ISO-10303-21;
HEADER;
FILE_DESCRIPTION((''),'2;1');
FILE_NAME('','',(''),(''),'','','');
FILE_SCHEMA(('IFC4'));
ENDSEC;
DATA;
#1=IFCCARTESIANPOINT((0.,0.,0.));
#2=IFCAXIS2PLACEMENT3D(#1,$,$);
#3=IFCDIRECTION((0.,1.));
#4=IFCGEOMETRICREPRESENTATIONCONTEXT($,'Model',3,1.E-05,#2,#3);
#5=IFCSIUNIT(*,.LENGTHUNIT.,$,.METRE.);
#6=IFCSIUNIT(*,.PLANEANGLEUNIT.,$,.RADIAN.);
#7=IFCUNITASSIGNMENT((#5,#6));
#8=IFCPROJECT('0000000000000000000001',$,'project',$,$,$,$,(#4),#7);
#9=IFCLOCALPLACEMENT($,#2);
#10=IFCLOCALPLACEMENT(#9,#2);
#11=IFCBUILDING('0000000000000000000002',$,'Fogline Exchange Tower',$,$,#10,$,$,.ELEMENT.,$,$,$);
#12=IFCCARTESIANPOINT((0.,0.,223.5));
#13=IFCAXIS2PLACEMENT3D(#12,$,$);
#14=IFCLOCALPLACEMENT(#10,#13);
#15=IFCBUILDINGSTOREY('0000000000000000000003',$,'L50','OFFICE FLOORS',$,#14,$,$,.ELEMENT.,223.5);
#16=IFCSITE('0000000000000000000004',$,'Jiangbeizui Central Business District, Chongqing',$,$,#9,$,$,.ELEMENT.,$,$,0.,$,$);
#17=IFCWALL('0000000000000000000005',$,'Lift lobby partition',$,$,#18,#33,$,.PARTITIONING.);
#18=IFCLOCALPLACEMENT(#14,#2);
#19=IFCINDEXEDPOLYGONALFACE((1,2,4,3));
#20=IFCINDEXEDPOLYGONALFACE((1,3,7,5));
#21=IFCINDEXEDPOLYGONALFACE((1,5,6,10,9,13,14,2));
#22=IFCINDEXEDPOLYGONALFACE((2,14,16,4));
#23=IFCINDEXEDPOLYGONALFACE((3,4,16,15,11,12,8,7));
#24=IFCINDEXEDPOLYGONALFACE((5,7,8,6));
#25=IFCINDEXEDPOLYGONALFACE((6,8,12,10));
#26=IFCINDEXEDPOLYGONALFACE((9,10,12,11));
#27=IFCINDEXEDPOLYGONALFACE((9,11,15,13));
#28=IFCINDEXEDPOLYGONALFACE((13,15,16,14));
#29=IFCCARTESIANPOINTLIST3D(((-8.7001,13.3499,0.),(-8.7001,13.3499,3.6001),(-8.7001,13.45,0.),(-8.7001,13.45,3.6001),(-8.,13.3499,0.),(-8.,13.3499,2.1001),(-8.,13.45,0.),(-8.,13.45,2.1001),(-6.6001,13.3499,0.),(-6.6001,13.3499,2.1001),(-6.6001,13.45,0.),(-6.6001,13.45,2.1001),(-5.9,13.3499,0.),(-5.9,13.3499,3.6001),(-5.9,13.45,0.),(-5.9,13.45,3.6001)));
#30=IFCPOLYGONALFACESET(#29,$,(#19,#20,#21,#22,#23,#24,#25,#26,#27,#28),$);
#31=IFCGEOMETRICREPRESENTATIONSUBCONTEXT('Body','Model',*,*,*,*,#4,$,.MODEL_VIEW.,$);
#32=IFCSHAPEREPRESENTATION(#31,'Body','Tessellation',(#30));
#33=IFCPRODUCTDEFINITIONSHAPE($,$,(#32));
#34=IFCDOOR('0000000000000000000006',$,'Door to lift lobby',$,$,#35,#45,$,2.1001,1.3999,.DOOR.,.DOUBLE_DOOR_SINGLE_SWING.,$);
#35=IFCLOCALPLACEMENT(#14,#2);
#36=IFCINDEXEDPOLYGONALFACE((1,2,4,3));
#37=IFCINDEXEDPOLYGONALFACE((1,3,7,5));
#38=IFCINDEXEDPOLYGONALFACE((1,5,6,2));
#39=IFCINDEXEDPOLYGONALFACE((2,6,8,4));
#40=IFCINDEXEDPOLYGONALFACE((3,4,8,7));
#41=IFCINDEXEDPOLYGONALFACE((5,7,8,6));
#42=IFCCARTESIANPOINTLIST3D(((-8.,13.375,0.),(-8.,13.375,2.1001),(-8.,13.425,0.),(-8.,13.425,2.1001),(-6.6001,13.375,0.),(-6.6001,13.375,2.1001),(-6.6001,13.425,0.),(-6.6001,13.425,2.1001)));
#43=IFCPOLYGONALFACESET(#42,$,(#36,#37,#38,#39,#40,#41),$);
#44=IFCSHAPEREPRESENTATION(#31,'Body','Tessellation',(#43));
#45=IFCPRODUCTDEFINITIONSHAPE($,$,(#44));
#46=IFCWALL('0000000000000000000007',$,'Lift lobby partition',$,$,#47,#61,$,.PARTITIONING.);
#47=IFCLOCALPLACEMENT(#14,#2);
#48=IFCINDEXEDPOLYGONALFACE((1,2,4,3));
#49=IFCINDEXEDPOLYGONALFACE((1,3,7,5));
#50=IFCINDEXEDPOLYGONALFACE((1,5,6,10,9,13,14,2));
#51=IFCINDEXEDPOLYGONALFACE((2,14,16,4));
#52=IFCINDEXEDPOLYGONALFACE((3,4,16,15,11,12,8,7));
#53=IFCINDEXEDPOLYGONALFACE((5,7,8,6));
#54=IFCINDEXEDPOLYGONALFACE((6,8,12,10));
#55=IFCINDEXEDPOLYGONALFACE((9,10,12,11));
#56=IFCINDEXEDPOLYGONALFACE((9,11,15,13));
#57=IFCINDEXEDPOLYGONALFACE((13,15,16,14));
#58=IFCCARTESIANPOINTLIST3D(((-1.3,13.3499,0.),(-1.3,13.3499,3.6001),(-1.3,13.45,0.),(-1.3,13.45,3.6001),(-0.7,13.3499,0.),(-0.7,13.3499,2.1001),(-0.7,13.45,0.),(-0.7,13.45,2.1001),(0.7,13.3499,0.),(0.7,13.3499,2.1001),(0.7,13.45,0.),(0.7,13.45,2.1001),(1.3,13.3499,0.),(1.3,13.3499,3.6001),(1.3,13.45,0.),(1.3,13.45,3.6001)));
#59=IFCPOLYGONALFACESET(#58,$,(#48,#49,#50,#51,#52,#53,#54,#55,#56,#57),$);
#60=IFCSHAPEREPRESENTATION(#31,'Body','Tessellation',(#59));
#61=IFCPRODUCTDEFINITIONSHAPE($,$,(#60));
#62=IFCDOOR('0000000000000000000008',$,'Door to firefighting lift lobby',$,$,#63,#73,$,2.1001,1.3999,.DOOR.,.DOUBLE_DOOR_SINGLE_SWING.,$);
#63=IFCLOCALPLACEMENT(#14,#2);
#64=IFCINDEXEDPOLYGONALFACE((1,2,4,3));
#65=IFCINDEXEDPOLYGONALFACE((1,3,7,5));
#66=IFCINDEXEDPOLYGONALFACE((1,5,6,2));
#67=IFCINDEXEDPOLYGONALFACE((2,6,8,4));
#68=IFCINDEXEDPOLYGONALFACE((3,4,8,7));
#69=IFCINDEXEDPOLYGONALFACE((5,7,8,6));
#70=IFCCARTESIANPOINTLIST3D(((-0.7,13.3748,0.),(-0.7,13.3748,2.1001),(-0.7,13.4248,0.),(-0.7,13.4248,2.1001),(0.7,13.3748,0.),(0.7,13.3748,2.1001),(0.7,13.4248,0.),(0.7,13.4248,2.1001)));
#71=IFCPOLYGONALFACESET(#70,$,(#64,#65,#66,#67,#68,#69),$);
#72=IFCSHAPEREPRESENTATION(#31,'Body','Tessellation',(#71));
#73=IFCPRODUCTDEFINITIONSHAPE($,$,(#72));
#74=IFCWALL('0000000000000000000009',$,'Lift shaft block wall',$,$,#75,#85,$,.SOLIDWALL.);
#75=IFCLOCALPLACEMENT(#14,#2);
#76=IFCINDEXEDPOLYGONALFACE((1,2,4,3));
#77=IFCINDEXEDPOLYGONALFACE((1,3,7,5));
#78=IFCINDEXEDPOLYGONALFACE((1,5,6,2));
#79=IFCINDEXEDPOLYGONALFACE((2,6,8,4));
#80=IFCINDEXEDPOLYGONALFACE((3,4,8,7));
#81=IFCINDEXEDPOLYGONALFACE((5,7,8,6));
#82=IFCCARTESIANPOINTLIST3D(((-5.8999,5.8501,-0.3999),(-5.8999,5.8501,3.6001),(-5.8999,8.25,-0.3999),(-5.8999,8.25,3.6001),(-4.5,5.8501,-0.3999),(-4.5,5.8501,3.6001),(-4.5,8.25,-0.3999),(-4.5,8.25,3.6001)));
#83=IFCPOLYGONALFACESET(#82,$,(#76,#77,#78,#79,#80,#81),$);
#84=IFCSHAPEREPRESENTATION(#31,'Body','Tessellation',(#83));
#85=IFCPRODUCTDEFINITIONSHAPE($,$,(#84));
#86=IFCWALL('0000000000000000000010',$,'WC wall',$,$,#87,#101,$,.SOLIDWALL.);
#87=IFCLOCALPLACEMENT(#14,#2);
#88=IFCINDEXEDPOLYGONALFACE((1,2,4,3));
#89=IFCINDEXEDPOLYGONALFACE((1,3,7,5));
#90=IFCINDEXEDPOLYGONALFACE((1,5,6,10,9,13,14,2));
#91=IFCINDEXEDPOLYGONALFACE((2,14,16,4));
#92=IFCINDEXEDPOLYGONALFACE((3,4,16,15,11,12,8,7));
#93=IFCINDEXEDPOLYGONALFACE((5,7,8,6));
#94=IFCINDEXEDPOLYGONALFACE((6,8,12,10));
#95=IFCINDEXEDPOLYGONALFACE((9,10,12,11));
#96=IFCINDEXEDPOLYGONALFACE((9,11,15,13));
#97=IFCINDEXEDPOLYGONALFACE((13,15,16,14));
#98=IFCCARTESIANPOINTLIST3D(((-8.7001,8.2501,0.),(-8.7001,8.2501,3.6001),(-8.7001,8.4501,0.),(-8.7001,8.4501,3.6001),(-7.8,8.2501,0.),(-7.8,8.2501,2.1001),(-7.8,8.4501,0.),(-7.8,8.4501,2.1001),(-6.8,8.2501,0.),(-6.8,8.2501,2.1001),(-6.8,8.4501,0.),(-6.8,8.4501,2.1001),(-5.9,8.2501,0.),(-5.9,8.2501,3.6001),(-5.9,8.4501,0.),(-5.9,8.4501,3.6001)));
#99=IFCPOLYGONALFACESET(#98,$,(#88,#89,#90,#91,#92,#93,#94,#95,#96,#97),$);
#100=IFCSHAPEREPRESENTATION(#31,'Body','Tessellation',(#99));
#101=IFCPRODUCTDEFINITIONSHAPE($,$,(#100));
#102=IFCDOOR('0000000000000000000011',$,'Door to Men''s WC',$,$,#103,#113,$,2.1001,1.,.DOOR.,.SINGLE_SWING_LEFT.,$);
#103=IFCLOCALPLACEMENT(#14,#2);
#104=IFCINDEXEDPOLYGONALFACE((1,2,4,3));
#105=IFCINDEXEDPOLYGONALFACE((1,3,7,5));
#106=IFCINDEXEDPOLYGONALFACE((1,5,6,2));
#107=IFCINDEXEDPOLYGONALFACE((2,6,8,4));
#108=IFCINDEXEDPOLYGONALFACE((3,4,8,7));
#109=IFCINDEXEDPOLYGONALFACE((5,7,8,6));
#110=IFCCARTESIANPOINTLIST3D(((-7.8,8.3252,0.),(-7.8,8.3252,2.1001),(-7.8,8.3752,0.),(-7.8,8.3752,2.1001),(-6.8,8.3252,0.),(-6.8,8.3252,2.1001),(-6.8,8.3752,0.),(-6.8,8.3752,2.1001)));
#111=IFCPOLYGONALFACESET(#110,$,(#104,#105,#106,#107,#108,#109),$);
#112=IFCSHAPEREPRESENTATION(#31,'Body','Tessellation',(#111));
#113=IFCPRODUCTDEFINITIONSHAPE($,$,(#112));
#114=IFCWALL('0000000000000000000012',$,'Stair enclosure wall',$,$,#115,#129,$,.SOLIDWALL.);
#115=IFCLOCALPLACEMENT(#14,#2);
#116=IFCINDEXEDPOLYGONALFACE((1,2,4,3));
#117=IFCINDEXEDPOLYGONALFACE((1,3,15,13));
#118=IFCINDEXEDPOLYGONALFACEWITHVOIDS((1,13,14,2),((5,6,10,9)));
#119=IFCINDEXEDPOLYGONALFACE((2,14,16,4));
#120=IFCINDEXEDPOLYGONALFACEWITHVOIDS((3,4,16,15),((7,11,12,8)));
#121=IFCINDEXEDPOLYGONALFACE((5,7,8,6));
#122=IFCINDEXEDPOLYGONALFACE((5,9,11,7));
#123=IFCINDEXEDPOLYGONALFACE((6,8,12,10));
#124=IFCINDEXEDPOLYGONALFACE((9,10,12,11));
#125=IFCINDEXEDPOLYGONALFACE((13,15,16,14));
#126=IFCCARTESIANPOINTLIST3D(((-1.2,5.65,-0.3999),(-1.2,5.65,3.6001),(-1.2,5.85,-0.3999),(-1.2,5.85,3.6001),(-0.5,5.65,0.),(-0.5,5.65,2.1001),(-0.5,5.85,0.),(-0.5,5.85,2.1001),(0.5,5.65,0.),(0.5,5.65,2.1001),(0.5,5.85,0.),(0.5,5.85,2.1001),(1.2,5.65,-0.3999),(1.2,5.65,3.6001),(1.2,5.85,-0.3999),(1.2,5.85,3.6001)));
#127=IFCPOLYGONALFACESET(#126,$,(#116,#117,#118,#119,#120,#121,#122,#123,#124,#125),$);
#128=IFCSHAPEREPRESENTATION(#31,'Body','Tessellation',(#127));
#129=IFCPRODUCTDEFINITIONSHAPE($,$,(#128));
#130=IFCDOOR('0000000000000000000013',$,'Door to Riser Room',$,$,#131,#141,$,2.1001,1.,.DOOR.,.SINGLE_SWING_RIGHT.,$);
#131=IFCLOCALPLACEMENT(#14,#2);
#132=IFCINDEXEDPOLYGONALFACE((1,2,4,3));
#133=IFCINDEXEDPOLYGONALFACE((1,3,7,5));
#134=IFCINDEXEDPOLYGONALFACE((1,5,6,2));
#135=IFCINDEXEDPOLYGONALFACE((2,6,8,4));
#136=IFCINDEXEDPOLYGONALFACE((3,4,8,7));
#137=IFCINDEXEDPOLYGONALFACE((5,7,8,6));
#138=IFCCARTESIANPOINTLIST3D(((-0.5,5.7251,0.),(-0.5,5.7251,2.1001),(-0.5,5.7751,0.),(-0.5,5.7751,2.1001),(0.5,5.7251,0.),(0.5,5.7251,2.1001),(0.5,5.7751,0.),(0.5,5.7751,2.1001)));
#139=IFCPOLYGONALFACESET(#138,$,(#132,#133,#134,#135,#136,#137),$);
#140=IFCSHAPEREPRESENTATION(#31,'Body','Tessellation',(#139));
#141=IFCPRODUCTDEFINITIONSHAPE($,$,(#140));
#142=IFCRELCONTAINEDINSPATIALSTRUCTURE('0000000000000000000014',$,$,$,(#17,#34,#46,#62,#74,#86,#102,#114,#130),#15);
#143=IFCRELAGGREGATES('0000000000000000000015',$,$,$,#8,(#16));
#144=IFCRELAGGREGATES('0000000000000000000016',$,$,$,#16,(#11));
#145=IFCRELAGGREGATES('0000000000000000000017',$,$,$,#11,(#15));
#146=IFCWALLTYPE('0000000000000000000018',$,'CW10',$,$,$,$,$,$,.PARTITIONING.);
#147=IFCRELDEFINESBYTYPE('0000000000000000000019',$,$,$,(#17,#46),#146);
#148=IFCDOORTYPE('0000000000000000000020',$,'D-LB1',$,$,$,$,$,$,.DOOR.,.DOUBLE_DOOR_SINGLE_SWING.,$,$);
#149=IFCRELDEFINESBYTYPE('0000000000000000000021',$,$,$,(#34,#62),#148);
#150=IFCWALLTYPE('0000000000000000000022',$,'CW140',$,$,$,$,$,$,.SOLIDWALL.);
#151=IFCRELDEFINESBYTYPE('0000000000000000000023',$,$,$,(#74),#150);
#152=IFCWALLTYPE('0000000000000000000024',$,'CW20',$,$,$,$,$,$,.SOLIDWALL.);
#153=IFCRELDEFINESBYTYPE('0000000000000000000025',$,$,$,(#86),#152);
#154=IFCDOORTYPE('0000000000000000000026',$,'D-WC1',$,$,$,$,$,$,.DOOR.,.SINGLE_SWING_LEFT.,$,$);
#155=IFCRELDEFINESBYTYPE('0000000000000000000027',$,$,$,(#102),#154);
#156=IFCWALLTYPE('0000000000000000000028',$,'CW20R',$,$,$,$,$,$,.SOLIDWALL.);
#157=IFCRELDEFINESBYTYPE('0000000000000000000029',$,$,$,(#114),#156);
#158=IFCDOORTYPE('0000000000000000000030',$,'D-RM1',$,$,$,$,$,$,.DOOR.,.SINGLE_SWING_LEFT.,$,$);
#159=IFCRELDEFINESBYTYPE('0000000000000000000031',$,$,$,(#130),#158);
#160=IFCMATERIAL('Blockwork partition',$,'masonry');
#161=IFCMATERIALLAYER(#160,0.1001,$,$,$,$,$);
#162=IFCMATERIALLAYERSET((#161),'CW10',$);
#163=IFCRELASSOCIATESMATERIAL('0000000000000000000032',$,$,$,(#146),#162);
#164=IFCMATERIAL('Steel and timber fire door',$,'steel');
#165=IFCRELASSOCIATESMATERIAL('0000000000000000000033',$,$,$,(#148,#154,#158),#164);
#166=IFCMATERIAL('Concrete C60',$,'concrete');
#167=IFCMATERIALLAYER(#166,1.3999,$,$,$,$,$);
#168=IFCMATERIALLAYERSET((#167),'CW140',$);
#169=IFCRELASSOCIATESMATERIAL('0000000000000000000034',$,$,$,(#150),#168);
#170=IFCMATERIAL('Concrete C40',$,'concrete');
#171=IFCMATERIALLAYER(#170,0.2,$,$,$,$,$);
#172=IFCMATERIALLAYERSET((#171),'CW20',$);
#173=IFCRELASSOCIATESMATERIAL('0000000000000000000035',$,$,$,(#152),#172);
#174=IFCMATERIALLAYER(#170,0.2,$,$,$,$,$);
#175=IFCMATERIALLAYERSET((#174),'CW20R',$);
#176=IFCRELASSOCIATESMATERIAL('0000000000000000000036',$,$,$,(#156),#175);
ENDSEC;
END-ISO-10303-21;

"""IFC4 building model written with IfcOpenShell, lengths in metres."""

from ifc_helpers import new_model, si_unit, direction, frame, frame_2d, origin, place, context, subcontext, project, spatial, rectangle, extrude, material, layer, layer_set, type_object, element, fill, save


model = new_model("IFC4")

# Units and contexts
model_context = context("Model", 3, precision=1e-05, world=origin(), true_north=direction((0.0, 1.0)))
body_context = subcontext(model_context, "Body", "Model", "MODEL_VIEW")
ifc_project = project(units=[si_unit("LENGTHUNIT", "METRE"), si_unit("PLANEANGLEUNIT", "RADIAN")], contexts=[model_context])

# Site, building, storey
site_placement = place(None, origin())
site = spatial("IfcSite", under=ifc_project, at=site_placement, Name="Jiangbeizui Central Business District, Chongqing", CompositionType="ELEMENT", RefElevation=0.0)
building_placement = place(site_placement, origin())
building = spatial("IfcBuilding", under=site, at=building_placement, Name="Fogline Exchange Tower", CompositionType="ELEMENT")
storey_placement = place(building_placement, frame((0.0, 0.0, 223.5)))
storey = spatial("IfcBuildingStorey", under=building, at=storey_placement, Name="L50", Description="OFFICE FLOORS", CompositionType="ELEMENT", Elevation=223.5)

# Walls, openings, doors
ifc_material_1 = material(Name="Blockwork partition", Category="masonry")
ifc_layer_1 = layer(ifc_material_1, 0.1001)
ifc_layer_set_1 = layer_set([ifc_layer_1], Name="CW10")
wall_type_1 = type_object("IfcWallType", Name="CW10", PredefinedType="PARTITIONING", material=ifc_layer_set_1)
wall_1_placement = place(storey_placement, frame((-8.7, 13.3999, 0.0), z_axis=(0.0, 0.0, 1.0), x_axis=(1.0, 0.0, 0.0)))
wall_1 = element("IfcWall", 1, at=wall_1_placement, inside=storey, type_object=wall_type_1, Name="Lift lobby partition", PredefinedType="PARTITIONING", context=body_context, shape_type="SweptSolid", body=[
    extrude(rectangle(XDim=2.8, YDim=0.1001, at=frame_2d((1.3999, 0.0))), origin(), (0.0, 0.0, 1.0), 3.6001),
])
opening_1_placement = place(wall_1_placement, frame((0.7, 0.0, 0.0)))
opening_1 = element("IfcOpeningElement", 2, at=opening_1_placement, cuts=wall_1, PredefinedType="OPENING", context=body_context, shape_type="SweptSolid", body=[
    extrude(rectangle(XDim=1.3999, YDim=2.1001, at=frame_2d((0.7, 1.05))), frame((0.0, 0.0601, 0.0), z_axis=(0.0, -1.0, 0.0), x_axis=(1.0, 0.0, 0.0)), (0.0, 0.0, 1.0), 0.1201),
])
ifc_material_2 = material(Name="Steel and timber fire door", Category="steel")
door_type_1 = type_object("IfcDoorType", Name="D-LB1", OperationType="DOUBLE_DOOR_SINGLE_SWING", PredefinedType="DOOR", material=ifc_material_2)
door_1_placement = place(opening_1_placement, frame((1.3999, 0.0, 0.0), z_axis=(0.0, 0.0, 1.0), x_axis=(-1.0, 0.0, 0.0)))
door_1 = element("IfcDoor", 3, at=door_1_placement, inside=storey, type_object=door_type_1, Name="Door to lift lobby", OperationType="DOUBLE_DOOR_SINGLE_SWING", OverallHeight=2.1001, OverallWidth=1.3999, PredefinedType="DOOR", context=body_context, shape_type="SweptSolid", body=[
    extrude(rectangle(XDim=1.3999, YDim=2.1001, at=frame_2d((0.7, 1.05))), frame((0.0, 0.0249, 0.0), z_axis=(0.0, -1.0, 0.0), x_axis=(1.0, 0.0, 0.0)), (0.0, 0.0, 1.0), 0.05),
])
fill(opening_1, door_1)
wall_2_placement = place(storey_placement, frame((-1.3, 13.3999, 0.0), z_axis=(0.0, 0.0, 1.0), x_axis=(1.0, 0.0, 0.0)))
wall_2 = element("IfcWall", 4, at=wall_2_placement, inside=storey, type_object=wall_type_1, Name="Lift lobby partition", PredefinedType="PARTITIONING", context=body_context, shape_type="SweptSolid", body=[
    extrude(rectangle(XDim=2.6001, YDim=0.1001, at=frame_2d((1.3, 0.0))), origin(), (0.0, 0.0, 1.0), 3.6001),
])
opening_2_placement = place(wall_2_placement, frame((0.6001, 0.0, 0.0)))
opening_2 = element("IfcOpeningElement", 5, at=opening_2_placement, cuts=wall_2, PredefinedType="OPENING", context=body_context, shape_type="SweptSolid", body=[
    extrude(rectangle(XDim=1.3999, YDim=2.1001, at=frame_2d((0.7, 1.05))), frame((0.0, 0.0601, 0.0), z_axis=(0.0, -1.0, 0.0), x_axis=(1.0, 0.0, 0.0)), (0.0, 0.0, 1.0), 0.1201),
])
door_2_placement = place(opening_2_placement, origin())
door_2 = element("IfcDoor", 6, at=door_2_placement, inside=storey, type_object=door_type_1, Name="Door to firefighting lift lobby", OperationType="DOUBLE_DOOR_SINGLE_SWING", OverallHeight=2.1001, OverallWidth=1.3999, PredefinedType="DOOR", context=body_context, shape_type="SweptSolid", body=[
    extrude(rectangle(XDim=1.3999, YDim=2.1001, at=frame_2d((0.7, 1.05))), frame((0.0, 0.0249, 0.0), z_axis=(0.0, -1.0, 0.0), x_axis=(1.0, 0.0, 0.0)), (0.0, 0.0, 1.0), 0.05),
])
fill(opening_2, door_2)

# Wall
ifc_material_3 = material(Name="Concrete C60", Category="concrete")
ifc_layer_2 = layer(ifc_material_3, 1.3999)
ifc_layer_set_2 = layer_set([ifc_layer_2], Name="CW140")
wall_type_2 = type_object("IfcWallType", Name="CW140", PredefinedType="SOLIDWALL", material=ifc_layer_set_2)
wall_3_placement = place(storey_placement, frame((-5.2, 5.8501, -0.3999), z_axis=(0.0, 0.0, 1.0), x_axis=(0.0, 1.0, 0.0)))
element("IfcWall", 7, at=wall_3_placement, inside=storey, type_object=wall_type_2, Name="Lift shaft block wall", PredefinedType="SOLIDWALL", context=body_context, shape_type="SweptSolid", body=[
    extrude(rectangle(XDim=2.3999, YDim=1.3999, at=frame_2d((1.2, 0.0))), origin(), (0.0, 0.0, 1.0), 4.0),
])

# Walls, openings, doors
ifc_material_4 = material(Name="Concrete C40", Category="concrete")
ifc_layer_3 = layer(ifc_material_4, 0.2)
ifc_layer_set_3 = layer_set([ifc_layer_3], Name="CW20")
wall_type_3 = type_object("IfcWallType", Name="CW20", PredefinedType="SOLIDWALL", material=ifc_layer_set_3)
wall_4_placement = place(storey_placement, frame((-8.7, 8.3501, 0.0), z_axis=(0.0, 0.0, 1.0), x_axis=(1.0, 0.0, 0.0)))
wall_4 = element("IfcWall", 8, at=wall_4_placement, inside=storey, type_object=wall_type_3, Name="WC wall", PredefinedType="SOLIDWALL", context=body_context, shape_type="SweptSolid", body=[
    extrude(rectangle(XDim=2.8, YDim=0.2, at=frame_2d((1.3999, 0.0))), origin(), (0.0, 0.0, 1.0), 3.6001),
])
opening_3_placement = place(wall_4_placement, frame((0.8999, 0.0, 0.0)))
opening_3 = element("IfcOpeningElement", 9, at=opening_3_placement, cuts=wall_4, PredefinedType="OPENING", context=body_context, shape_type="SweptSolid", body=[
    extrude(rectangle(XDim=1.0, YDim=2.1001, at=frame_2d((0.5, 1.05))), frame((0.0, 0.1099, 0.0), z_axis=(0.0, -1.0, 0.0), x_axis=(1.0, 0.0, 0.0)), (0.0, 0.0, 1.0), 0.22),
])
door_type_2 = type_object("IfcDoorType", Name="D-WC1", OperationType="SINGLE_SWING_LEFT", PredefinedType="DOOR", material=ifc_material_2)
door_3_placement = place(opening_3_placement, frame((1.0, 0.0, 0.0), z_axis=(0.0, 0.0, 1.0), x_axis=(-1.0, 0.0, 0.0)))
door_3 = element("IfcDoor", 10, at=door_3_placement, inside=storey, type_object=door_type_2, Name="Door to Men's WC", OperationType="SINGLE_SWING_LEFT", OverallHeight=2.1001, OverallWidth=1.0, PredefinedType="DOOR", context=body_context, shape_type="SweptSolid", body=[
    extrude(rectangle(XDim=1.0, YDim=2.1001, at=frame_2d((0.5, 1.05))), frame((0.0, 0.0249, 0.0), z_axis=(0.0, -1.0, 0.0), x_axis=(1.0, 0.0, 0.0)), (0.0, 0.0, 1.0), 0.05),
])
fill(opening_3, door_3)
ifc_layer_4 = layer(ifc_material_4, 0.2)
ifc_layer_set_4 = layer_set([ifc_layer_4], Name="CW20R")
wall_type_4 = type_object("IfcWallType", Name="CW20R", PredefinedType="SOLIDWALL", material=ifc_layer_set_4)
wall_5_placement = place(storey_placement, frame((-1.2, 5.75, -0.3999), z_axis=(0.0, 0.0, 1.0), x_axis=(1.0, 0.0, 0.0)))
wall_5 = element("IfcWall", 11, at=wall_5_placement, inside=storey, type_object=wall_type_4, Name="Stair enclosure wall", PredefinedType="SOLIDWALL", context=body_context, shape_type="SweptSolid", body=[
    extrude(rectangle(XDim=2.3999, YDim=0.2, at=frame_2d((1.2, 0.0))), origin(), (0.0, 0.0, 1.0), 4.0),
])
opening_4_placement = place(wall_5_placement, frame((0.7, 0.0, 0.3999)))
opening_4 = element("IfcOpeningElement", 12, at=opening_4_placement, cuts=wall_5, PredefinedType="OPENING", context=body_context, shape_type="SweptSolid", body=[
    extrude(rectangle(XDim=1.0, YDim=2.1001, at=frame_2d((0.5, 1.05))), frame((0.0, 0.1099, 0.0), z_axis=(0.0, -1.0, 0.0), x_axis=(1.0, 0.0, 0.0)), (0.0, 0.0, 1.0), 0.22),
])
door_type_3 = type_object("IfcDoorType", Name="D-RM1", OperationType="SINGLE_SWING_LEFT", PredefinedType="DOOR", material=ifc_material_2)
door_4_placement = place(opening_4_placement, frame((1.0, 0.0, 0.0), z_axis=(0.0, 0.0, 1.0), x_axis=(-1.0, 0.0, 0.0)))
door_4 = element("IfcDoor", 13, at=door_4_placement, inside=storey, type_object=door_type_3, Name="Door to Riser Room", OperationType="SINGLE_SWING_RIGHT", OverallHeight=2.1001, OverallWidth=1.0, PredefinedType="DOOR", context=body_context, shape_type="SweptSolid", body=[
    extrude(rectangle(XDim=1.0, YDim=2.1001, at=frame_2d((0.5, 1.05))), frame((0.0, 0.0249, 0.0), z_axis=(0.0, -1.0, 0.0), x_axis=(1.0, 0.0, 0.0)), (0.0, 0.0, 1.0), 0.05),
])
fill(opening_4, door_4)

save(model, "model.ifc")
